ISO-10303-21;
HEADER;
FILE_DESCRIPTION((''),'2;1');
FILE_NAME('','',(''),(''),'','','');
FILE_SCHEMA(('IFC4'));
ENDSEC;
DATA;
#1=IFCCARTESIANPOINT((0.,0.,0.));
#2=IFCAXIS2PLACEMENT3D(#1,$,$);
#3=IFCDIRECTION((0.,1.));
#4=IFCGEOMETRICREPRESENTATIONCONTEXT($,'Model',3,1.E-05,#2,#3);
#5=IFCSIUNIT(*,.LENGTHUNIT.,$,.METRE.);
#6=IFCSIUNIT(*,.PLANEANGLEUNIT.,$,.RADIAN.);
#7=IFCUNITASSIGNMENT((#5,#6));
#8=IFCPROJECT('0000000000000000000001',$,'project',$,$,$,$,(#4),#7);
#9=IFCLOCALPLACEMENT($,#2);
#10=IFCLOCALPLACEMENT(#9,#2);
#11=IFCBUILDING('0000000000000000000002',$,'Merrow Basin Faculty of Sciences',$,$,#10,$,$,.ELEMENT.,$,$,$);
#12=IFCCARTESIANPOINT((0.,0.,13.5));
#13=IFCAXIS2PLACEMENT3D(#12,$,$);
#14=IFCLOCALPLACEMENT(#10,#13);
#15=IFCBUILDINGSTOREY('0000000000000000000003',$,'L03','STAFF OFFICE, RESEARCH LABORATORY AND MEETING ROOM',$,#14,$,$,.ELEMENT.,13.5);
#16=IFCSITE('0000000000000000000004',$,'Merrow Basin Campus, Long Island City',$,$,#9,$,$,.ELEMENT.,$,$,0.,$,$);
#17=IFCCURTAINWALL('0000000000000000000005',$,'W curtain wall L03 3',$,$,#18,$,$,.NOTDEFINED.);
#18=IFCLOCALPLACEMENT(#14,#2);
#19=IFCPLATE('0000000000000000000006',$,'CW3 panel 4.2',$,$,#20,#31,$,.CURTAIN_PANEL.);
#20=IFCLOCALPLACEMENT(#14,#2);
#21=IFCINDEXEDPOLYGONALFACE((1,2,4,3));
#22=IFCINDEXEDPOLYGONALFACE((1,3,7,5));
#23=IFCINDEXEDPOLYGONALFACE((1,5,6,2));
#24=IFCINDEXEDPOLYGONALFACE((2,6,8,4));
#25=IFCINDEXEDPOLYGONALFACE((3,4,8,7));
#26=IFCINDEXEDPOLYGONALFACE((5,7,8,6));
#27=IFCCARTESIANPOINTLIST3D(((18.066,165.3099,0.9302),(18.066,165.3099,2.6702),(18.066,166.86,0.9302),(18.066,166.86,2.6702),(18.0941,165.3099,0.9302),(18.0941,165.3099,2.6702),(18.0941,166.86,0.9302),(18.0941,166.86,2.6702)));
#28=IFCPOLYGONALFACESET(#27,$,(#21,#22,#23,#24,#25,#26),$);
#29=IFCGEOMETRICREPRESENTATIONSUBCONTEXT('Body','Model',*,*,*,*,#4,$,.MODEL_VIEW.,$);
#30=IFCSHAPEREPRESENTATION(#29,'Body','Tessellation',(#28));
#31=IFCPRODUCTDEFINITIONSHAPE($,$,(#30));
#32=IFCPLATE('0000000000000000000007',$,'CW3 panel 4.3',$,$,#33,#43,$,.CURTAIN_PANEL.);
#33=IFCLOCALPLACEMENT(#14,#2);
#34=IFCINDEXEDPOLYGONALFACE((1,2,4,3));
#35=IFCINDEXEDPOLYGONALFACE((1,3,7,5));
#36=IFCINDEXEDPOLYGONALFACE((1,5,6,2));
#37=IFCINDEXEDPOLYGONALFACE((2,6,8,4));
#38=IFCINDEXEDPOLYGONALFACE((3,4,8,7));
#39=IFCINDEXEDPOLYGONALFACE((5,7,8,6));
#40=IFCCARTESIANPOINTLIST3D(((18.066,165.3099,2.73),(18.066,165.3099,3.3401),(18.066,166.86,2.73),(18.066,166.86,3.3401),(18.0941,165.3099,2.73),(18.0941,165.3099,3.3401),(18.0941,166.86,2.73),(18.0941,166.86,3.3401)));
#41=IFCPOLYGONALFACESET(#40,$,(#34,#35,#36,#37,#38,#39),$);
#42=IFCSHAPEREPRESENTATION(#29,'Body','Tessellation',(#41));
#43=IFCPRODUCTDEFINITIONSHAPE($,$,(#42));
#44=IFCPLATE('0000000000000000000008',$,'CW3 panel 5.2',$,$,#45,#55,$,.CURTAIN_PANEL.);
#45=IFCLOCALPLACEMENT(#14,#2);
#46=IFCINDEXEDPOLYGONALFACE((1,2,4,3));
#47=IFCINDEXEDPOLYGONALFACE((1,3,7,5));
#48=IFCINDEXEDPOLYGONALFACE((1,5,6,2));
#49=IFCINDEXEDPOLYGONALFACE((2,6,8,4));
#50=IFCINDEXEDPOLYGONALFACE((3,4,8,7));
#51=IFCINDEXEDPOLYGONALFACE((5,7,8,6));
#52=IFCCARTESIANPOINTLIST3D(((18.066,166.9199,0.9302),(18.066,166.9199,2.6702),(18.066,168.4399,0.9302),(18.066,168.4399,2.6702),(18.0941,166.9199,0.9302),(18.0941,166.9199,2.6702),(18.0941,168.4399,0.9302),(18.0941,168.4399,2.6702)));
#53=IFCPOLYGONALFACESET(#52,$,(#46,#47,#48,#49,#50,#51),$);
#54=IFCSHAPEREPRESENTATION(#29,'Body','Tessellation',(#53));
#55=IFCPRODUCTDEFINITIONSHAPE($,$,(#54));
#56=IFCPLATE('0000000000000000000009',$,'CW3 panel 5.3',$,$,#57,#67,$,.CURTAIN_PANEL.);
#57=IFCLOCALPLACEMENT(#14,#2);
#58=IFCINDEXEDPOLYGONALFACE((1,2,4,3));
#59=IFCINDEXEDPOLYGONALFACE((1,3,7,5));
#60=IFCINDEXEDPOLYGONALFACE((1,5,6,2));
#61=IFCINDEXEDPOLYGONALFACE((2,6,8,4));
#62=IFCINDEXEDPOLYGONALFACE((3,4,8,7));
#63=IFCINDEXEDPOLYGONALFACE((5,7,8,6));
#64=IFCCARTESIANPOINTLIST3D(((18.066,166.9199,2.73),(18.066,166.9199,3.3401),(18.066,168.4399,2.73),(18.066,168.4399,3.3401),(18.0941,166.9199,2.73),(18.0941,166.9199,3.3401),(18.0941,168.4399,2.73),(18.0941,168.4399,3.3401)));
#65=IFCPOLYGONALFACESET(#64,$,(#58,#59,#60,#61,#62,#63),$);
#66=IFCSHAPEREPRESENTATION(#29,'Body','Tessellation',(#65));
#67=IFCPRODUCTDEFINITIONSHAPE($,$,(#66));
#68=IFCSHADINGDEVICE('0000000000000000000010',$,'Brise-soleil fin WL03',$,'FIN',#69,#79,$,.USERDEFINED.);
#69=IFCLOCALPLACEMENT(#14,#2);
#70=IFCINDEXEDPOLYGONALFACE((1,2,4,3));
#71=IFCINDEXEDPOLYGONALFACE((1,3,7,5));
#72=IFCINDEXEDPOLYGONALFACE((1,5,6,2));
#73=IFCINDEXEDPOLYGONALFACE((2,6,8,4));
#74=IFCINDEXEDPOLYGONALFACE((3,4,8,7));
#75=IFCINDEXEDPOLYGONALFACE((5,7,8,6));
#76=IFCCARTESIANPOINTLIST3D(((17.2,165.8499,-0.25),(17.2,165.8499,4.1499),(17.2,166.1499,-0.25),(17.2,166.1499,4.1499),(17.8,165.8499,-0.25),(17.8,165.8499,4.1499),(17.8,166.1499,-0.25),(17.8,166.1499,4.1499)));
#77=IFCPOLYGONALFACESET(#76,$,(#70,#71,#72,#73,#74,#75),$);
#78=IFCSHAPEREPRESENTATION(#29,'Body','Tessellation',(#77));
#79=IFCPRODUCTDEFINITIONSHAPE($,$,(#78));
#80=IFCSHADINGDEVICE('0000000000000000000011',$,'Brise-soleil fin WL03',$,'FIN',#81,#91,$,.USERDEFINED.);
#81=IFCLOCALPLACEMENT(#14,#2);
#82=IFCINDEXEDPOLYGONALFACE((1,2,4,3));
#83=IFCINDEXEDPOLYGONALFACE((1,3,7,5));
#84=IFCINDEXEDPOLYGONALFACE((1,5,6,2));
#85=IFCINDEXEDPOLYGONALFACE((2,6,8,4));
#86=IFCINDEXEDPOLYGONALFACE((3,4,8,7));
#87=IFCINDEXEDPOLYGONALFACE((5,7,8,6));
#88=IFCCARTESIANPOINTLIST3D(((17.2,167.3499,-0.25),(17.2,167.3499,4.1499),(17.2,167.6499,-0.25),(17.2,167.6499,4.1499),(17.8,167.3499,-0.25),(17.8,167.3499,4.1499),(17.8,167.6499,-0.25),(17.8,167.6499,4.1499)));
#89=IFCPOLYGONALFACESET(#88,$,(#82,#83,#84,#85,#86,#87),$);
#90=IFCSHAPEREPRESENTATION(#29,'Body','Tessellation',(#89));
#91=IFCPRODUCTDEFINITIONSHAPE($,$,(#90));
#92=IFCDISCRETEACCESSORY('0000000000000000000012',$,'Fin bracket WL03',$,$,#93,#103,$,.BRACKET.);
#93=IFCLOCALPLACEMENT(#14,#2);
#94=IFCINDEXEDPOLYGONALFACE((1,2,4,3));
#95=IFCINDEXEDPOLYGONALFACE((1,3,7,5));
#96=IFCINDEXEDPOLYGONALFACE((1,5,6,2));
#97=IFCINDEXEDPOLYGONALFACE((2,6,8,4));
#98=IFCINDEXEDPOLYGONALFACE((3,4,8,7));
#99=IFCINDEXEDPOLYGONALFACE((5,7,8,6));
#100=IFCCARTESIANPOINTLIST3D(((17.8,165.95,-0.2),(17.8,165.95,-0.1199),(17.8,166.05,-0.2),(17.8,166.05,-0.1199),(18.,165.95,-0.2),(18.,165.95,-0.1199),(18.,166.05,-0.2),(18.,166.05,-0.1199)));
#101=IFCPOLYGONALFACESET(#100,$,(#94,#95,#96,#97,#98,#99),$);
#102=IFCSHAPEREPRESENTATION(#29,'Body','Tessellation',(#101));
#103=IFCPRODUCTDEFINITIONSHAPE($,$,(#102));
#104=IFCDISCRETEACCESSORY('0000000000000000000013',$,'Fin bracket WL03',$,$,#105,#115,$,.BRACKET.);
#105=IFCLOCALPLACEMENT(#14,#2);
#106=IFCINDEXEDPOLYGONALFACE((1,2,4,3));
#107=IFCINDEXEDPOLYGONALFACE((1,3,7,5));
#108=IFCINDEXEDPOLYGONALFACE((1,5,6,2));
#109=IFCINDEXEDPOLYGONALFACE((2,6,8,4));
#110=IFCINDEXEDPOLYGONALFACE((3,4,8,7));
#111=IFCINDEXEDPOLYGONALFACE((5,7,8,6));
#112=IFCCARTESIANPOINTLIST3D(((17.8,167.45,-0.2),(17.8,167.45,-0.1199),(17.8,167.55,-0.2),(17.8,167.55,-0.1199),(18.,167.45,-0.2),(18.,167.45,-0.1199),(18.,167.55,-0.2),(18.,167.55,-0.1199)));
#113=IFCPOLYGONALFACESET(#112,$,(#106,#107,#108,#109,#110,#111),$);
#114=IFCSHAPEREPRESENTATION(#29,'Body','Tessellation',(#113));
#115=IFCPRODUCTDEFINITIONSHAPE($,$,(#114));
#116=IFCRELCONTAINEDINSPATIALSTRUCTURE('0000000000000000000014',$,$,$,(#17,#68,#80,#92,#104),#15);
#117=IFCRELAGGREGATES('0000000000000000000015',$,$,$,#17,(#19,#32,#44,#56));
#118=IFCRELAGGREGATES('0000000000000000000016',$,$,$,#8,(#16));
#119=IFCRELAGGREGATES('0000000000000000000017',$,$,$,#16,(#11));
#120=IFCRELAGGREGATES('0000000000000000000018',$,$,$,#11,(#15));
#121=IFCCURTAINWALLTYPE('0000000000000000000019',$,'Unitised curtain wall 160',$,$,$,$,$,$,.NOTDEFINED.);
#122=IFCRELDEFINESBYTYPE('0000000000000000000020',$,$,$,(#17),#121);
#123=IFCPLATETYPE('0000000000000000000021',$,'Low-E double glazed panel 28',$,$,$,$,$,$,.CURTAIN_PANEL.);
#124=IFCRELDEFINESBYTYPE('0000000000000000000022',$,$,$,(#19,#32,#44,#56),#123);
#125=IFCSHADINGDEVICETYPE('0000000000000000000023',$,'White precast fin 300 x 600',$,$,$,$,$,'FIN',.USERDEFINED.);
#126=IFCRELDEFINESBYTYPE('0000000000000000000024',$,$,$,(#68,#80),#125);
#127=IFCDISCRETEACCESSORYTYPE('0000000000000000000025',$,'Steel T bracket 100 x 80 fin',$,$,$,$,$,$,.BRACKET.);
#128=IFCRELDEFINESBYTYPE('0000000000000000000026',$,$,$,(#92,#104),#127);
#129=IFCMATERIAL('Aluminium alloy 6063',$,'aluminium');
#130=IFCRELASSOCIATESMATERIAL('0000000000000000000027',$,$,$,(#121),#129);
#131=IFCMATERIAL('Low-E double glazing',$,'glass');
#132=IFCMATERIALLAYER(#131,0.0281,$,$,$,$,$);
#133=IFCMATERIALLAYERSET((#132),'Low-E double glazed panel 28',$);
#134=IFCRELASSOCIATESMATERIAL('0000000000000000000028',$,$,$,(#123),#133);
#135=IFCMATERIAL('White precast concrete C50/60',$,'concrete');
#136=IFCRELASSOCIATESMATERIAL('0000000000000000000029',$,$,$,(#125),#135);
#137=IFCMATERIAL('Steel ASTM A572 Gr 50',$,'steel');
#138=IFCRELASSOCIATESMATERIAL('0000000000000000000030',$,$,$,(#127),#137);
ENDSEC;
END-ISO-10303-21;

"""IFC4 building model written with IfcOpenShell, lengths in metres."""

from ifc_helpers import new_model, si_unit, direction, frame, origin, origin_2d, place, context, subcontext, project, spatial, polyline, rectangle, outline, extrude, source, transform, mapped, material, layer, layer_set, type_object, element, aggregate, save


model = new_model("IFC4")

# Units and contexts
model_context = context("Model", 3, precision=1e-05, world=origin(), true_north=direction((0.0, 1.0)))
body_context = subcontext(model_context, "Body", "Model", "MODEL_VIEW")
ifc_project = project(units=[si_unit("LENGTHUNIT", "METRE"), si_unit("PLANEANGLEUNIT", "RADIAN")], contexts=[model_context])

# Site, building, storey
site_placement = place(None, origin())
site = spatial("IfcSite", under=ifc_project, at=site_placement, Name="Merrow Basin Campus, Long Island City", CompositionType="ELEMENT", RefElevation=0.0)
building_placement = place(site_placement, origin())
building = spatial("IfcBuilding", under=site, at=building_placement, Name="Merrow Basin Faculty of Sciences", CompositionType="ELEMENT")
storey_placement = place(building_placement, frame((0.0, 0.0, 13.5)))
storey = spatial("IfcBuildingStorey", under=building, at=storey_placement, Name="L03", Description="STAFF OFFICE, RESEARCH LABORATORY AND MEETING ROOM", CompositionType="ELEMENT", Elevation=13.5)

# Curtain wall
ifc_material_1 = material(Name="Aluminium alloy 6063", Category="aluminium")
curtain_wall_type = type_object("IfcCurtainWallType", Name="Unitised curtain wall 160", PredefinedType="NOTDEFINED", material=ifc_material_1)
curtain_wall_1_placement = place(storey_placement, origin())
curtain_wall_1 = element("IfcCurtainWall", 1, at=curtain_wall_1_placement, inside=storey, type_object=curtain_wall_type, Name="W curtain wall L03 3", PredefinedType="NOTDEFINED")

# Plates
ifc_material_2 = material(Name="Low-E double glazing", Category="glass")
ifc_layer_1 = layer(ifc_material_2, 0.0281)
ifc_layer_set_1 = layer_set([ifc_layer_1], Name="Low-E double glazed panel 28")
plate_type_1 = type_object("IfcPlateType", Name="Low-E double glazed panel 28", PredefinedType="CURTAIN_PANEL", material=ifc_layer_set_1)
plate_1_placement = place(storey_placement, frame((18.0801, 166.085, 0.9302), z_axis=(0.0, 0.0, 1.0), x_axis=(0.0, 1.0, 0.0)))
plate_1 = element("IfcPlate", 2, at=plate_1_placement, type_object=plate_type_1, Name="CW3 panel 4.2", PredefinedType="CURTAIN_PANEL", context=body_context, shape_type="SweptSolid", body=[
    extrude(rectangle(XDim=1.55, YDim=0.0281, at=origin_2d()), origin(), (0.0, 0.0, 1.0), 1.74),
])
plate_2_placement = place(storey_placement, frame((18.0801, 166.085, 2.73), z_axis=(0.0, 0.0, 1.0), x_axis=(0.0, 1.0, 0.0)))
plate_2 = element("IfcPlate", 3, at=plate_2_placement, type_object=plate_type_1, Name="CW3 panel 4.3", PredefinedType="CURTAIN_PANEL", context=body_context, shape_type="SweptSolid", body=[
    extrude(rectangle(XDim=1.55, YDim=0.0281, at=origin_2d()), origin(), (0.0, 0.0, 1.0), 0.6101),
])
plate_3_placement = place(storey_placement, frame((18.0801, 167.6799, 0.9302), z_axis=(0.0, 0.0, 1.0), x_axis=(0.0, 1.0, 0.0)))
plate_3 = element("IfcPlate", 4, at=plate_3_placement, type_object=plate_type_1, Name="CW3 panel 5.2", PredefinedType="CURTAIN_PANEL", context=body_context, shape_type="SweptSolid", body=[
    extrude(rectangle(XDim=1.52, YDim=0.0281, at=origin_2d()), origin(), (0.0, 0.0, 1.0), 1.74),
])
plate_4_placement = place(storey_placement, frame((18.0801, 167.6799, 2.73), z_axis=(0.0, 0.0, 1.0), x_axis=(0.0, 1.0, 0.0)))
plate_4 = element("IfcPlate", 5, at=plate_4_placement, type_object=plate_type_1, Name="CW3 panel 5.3", PredefinedType="CURTAIN_PANEL", context=body_context, shape_type="SweptSolid", body=[
    extrude(rectangle(XDim=1.52, YDim=0.0281, at=origin_2d()), origin(), (0.0, 0.0, 1.0), 0.6101),
])
aggregate(curtain_wall_1, [plate_1, plate_2, plate_3, plate_4])

# Shading devices
ifc_material_3 = material(Name="White precast concrete C50/60", Category="concrete")
shading_device_type = type_object("IfcShadingDeviceType", Name="White precast fin 300 x 600", ElementType="FIN", PredefinedType="USERDEFINED", material=ifc_material_3)
shared_shape_1 = source(origin(), body_context, "Body", "SweptSolid", [
    extrude(outline(polyline([(0.0, 0.0), (0.3, 0.0), (0.3, 4.3999), (0.0, 4.3999), (0.0, 0.0)])), origin(), (0.0, 0.0, 1.0), 0.6001),
])
for number, where, z_axis, x_axis, name in (
    (6, (17.8, 166.1499, -0.25), (-1.0, 0.0, 0.0), (0.0, -1.0, 0.0), "Brise-soleil fin WL03"),
    (7, (17.8, 167.6499, -0.25), (-1.0, 0.0, 0.0), (0.0, -1.0, 0.0), "Brise-soleil fin WL03"),
):
    element("IfcShadingDevice", number, at=place(storey_placement, frame(where, z_axis=z_axis, x_axis=x_axis)), inside=storey, type_object=shading_device_type, Name=name, ObjectType="FIN", PredefinedType="USERDEFINED", context=body_context, shape_type="MappedRepresentation", body=[
        mapped(shared_shape_1, transform((0.0, 0.0, 0.0), scale=1.0)),
    ])

# Discrete accessories
ifc_material_4 = material(Name="Steel ASTM A572 Gr 50", Category="steel")
discrete_accessory_type = type_object("IfcDiscreteAccessoryType", Name="Steel T bracket 100 x 80 fin", PredefinedType="BRACKET", material=ifc_material_4)
shared_shape_2 = source(origin(), body_context, "Body", "SweptSolid", [
    extrude(outline(polyline([(0.0, 0.0), (0.1001, 0.0), (0.1001, 0.0801), (0.0, 0.0801), (0.0, 0.0)])), origin(), (0.0, 0.0, 1.0), 0.2),
])
for number, where, z_axis, x_axis, name in (
    (8, (18.0, 166.05, -0.2), (-1.0, 0.0, 0.0), (0.0, -1.0, 0.0), "Fin bracket WL03"),
    (9, (18.0, 167.55, -0.2), (-1.0, 0.0, 0.0), (0.0, -1.0, 0.0), "Fin bracket WL03"),
):
    element("IfcDiscreteAccessory", number, at=place(storey_placement, frame(where, z_axis=z_axis, x_axis=x_axis)), inside=storey, type_object=discrete_accessory_type, Name=name, PredefinedType="BRACKET", context=body_context, shape_type="MappedRepresentation", body=[
        mapped(shared_shape_2, transform((0.0, 0.0, 0.0), scale=1.0)),
    ])

save(model, "model.ifc")
